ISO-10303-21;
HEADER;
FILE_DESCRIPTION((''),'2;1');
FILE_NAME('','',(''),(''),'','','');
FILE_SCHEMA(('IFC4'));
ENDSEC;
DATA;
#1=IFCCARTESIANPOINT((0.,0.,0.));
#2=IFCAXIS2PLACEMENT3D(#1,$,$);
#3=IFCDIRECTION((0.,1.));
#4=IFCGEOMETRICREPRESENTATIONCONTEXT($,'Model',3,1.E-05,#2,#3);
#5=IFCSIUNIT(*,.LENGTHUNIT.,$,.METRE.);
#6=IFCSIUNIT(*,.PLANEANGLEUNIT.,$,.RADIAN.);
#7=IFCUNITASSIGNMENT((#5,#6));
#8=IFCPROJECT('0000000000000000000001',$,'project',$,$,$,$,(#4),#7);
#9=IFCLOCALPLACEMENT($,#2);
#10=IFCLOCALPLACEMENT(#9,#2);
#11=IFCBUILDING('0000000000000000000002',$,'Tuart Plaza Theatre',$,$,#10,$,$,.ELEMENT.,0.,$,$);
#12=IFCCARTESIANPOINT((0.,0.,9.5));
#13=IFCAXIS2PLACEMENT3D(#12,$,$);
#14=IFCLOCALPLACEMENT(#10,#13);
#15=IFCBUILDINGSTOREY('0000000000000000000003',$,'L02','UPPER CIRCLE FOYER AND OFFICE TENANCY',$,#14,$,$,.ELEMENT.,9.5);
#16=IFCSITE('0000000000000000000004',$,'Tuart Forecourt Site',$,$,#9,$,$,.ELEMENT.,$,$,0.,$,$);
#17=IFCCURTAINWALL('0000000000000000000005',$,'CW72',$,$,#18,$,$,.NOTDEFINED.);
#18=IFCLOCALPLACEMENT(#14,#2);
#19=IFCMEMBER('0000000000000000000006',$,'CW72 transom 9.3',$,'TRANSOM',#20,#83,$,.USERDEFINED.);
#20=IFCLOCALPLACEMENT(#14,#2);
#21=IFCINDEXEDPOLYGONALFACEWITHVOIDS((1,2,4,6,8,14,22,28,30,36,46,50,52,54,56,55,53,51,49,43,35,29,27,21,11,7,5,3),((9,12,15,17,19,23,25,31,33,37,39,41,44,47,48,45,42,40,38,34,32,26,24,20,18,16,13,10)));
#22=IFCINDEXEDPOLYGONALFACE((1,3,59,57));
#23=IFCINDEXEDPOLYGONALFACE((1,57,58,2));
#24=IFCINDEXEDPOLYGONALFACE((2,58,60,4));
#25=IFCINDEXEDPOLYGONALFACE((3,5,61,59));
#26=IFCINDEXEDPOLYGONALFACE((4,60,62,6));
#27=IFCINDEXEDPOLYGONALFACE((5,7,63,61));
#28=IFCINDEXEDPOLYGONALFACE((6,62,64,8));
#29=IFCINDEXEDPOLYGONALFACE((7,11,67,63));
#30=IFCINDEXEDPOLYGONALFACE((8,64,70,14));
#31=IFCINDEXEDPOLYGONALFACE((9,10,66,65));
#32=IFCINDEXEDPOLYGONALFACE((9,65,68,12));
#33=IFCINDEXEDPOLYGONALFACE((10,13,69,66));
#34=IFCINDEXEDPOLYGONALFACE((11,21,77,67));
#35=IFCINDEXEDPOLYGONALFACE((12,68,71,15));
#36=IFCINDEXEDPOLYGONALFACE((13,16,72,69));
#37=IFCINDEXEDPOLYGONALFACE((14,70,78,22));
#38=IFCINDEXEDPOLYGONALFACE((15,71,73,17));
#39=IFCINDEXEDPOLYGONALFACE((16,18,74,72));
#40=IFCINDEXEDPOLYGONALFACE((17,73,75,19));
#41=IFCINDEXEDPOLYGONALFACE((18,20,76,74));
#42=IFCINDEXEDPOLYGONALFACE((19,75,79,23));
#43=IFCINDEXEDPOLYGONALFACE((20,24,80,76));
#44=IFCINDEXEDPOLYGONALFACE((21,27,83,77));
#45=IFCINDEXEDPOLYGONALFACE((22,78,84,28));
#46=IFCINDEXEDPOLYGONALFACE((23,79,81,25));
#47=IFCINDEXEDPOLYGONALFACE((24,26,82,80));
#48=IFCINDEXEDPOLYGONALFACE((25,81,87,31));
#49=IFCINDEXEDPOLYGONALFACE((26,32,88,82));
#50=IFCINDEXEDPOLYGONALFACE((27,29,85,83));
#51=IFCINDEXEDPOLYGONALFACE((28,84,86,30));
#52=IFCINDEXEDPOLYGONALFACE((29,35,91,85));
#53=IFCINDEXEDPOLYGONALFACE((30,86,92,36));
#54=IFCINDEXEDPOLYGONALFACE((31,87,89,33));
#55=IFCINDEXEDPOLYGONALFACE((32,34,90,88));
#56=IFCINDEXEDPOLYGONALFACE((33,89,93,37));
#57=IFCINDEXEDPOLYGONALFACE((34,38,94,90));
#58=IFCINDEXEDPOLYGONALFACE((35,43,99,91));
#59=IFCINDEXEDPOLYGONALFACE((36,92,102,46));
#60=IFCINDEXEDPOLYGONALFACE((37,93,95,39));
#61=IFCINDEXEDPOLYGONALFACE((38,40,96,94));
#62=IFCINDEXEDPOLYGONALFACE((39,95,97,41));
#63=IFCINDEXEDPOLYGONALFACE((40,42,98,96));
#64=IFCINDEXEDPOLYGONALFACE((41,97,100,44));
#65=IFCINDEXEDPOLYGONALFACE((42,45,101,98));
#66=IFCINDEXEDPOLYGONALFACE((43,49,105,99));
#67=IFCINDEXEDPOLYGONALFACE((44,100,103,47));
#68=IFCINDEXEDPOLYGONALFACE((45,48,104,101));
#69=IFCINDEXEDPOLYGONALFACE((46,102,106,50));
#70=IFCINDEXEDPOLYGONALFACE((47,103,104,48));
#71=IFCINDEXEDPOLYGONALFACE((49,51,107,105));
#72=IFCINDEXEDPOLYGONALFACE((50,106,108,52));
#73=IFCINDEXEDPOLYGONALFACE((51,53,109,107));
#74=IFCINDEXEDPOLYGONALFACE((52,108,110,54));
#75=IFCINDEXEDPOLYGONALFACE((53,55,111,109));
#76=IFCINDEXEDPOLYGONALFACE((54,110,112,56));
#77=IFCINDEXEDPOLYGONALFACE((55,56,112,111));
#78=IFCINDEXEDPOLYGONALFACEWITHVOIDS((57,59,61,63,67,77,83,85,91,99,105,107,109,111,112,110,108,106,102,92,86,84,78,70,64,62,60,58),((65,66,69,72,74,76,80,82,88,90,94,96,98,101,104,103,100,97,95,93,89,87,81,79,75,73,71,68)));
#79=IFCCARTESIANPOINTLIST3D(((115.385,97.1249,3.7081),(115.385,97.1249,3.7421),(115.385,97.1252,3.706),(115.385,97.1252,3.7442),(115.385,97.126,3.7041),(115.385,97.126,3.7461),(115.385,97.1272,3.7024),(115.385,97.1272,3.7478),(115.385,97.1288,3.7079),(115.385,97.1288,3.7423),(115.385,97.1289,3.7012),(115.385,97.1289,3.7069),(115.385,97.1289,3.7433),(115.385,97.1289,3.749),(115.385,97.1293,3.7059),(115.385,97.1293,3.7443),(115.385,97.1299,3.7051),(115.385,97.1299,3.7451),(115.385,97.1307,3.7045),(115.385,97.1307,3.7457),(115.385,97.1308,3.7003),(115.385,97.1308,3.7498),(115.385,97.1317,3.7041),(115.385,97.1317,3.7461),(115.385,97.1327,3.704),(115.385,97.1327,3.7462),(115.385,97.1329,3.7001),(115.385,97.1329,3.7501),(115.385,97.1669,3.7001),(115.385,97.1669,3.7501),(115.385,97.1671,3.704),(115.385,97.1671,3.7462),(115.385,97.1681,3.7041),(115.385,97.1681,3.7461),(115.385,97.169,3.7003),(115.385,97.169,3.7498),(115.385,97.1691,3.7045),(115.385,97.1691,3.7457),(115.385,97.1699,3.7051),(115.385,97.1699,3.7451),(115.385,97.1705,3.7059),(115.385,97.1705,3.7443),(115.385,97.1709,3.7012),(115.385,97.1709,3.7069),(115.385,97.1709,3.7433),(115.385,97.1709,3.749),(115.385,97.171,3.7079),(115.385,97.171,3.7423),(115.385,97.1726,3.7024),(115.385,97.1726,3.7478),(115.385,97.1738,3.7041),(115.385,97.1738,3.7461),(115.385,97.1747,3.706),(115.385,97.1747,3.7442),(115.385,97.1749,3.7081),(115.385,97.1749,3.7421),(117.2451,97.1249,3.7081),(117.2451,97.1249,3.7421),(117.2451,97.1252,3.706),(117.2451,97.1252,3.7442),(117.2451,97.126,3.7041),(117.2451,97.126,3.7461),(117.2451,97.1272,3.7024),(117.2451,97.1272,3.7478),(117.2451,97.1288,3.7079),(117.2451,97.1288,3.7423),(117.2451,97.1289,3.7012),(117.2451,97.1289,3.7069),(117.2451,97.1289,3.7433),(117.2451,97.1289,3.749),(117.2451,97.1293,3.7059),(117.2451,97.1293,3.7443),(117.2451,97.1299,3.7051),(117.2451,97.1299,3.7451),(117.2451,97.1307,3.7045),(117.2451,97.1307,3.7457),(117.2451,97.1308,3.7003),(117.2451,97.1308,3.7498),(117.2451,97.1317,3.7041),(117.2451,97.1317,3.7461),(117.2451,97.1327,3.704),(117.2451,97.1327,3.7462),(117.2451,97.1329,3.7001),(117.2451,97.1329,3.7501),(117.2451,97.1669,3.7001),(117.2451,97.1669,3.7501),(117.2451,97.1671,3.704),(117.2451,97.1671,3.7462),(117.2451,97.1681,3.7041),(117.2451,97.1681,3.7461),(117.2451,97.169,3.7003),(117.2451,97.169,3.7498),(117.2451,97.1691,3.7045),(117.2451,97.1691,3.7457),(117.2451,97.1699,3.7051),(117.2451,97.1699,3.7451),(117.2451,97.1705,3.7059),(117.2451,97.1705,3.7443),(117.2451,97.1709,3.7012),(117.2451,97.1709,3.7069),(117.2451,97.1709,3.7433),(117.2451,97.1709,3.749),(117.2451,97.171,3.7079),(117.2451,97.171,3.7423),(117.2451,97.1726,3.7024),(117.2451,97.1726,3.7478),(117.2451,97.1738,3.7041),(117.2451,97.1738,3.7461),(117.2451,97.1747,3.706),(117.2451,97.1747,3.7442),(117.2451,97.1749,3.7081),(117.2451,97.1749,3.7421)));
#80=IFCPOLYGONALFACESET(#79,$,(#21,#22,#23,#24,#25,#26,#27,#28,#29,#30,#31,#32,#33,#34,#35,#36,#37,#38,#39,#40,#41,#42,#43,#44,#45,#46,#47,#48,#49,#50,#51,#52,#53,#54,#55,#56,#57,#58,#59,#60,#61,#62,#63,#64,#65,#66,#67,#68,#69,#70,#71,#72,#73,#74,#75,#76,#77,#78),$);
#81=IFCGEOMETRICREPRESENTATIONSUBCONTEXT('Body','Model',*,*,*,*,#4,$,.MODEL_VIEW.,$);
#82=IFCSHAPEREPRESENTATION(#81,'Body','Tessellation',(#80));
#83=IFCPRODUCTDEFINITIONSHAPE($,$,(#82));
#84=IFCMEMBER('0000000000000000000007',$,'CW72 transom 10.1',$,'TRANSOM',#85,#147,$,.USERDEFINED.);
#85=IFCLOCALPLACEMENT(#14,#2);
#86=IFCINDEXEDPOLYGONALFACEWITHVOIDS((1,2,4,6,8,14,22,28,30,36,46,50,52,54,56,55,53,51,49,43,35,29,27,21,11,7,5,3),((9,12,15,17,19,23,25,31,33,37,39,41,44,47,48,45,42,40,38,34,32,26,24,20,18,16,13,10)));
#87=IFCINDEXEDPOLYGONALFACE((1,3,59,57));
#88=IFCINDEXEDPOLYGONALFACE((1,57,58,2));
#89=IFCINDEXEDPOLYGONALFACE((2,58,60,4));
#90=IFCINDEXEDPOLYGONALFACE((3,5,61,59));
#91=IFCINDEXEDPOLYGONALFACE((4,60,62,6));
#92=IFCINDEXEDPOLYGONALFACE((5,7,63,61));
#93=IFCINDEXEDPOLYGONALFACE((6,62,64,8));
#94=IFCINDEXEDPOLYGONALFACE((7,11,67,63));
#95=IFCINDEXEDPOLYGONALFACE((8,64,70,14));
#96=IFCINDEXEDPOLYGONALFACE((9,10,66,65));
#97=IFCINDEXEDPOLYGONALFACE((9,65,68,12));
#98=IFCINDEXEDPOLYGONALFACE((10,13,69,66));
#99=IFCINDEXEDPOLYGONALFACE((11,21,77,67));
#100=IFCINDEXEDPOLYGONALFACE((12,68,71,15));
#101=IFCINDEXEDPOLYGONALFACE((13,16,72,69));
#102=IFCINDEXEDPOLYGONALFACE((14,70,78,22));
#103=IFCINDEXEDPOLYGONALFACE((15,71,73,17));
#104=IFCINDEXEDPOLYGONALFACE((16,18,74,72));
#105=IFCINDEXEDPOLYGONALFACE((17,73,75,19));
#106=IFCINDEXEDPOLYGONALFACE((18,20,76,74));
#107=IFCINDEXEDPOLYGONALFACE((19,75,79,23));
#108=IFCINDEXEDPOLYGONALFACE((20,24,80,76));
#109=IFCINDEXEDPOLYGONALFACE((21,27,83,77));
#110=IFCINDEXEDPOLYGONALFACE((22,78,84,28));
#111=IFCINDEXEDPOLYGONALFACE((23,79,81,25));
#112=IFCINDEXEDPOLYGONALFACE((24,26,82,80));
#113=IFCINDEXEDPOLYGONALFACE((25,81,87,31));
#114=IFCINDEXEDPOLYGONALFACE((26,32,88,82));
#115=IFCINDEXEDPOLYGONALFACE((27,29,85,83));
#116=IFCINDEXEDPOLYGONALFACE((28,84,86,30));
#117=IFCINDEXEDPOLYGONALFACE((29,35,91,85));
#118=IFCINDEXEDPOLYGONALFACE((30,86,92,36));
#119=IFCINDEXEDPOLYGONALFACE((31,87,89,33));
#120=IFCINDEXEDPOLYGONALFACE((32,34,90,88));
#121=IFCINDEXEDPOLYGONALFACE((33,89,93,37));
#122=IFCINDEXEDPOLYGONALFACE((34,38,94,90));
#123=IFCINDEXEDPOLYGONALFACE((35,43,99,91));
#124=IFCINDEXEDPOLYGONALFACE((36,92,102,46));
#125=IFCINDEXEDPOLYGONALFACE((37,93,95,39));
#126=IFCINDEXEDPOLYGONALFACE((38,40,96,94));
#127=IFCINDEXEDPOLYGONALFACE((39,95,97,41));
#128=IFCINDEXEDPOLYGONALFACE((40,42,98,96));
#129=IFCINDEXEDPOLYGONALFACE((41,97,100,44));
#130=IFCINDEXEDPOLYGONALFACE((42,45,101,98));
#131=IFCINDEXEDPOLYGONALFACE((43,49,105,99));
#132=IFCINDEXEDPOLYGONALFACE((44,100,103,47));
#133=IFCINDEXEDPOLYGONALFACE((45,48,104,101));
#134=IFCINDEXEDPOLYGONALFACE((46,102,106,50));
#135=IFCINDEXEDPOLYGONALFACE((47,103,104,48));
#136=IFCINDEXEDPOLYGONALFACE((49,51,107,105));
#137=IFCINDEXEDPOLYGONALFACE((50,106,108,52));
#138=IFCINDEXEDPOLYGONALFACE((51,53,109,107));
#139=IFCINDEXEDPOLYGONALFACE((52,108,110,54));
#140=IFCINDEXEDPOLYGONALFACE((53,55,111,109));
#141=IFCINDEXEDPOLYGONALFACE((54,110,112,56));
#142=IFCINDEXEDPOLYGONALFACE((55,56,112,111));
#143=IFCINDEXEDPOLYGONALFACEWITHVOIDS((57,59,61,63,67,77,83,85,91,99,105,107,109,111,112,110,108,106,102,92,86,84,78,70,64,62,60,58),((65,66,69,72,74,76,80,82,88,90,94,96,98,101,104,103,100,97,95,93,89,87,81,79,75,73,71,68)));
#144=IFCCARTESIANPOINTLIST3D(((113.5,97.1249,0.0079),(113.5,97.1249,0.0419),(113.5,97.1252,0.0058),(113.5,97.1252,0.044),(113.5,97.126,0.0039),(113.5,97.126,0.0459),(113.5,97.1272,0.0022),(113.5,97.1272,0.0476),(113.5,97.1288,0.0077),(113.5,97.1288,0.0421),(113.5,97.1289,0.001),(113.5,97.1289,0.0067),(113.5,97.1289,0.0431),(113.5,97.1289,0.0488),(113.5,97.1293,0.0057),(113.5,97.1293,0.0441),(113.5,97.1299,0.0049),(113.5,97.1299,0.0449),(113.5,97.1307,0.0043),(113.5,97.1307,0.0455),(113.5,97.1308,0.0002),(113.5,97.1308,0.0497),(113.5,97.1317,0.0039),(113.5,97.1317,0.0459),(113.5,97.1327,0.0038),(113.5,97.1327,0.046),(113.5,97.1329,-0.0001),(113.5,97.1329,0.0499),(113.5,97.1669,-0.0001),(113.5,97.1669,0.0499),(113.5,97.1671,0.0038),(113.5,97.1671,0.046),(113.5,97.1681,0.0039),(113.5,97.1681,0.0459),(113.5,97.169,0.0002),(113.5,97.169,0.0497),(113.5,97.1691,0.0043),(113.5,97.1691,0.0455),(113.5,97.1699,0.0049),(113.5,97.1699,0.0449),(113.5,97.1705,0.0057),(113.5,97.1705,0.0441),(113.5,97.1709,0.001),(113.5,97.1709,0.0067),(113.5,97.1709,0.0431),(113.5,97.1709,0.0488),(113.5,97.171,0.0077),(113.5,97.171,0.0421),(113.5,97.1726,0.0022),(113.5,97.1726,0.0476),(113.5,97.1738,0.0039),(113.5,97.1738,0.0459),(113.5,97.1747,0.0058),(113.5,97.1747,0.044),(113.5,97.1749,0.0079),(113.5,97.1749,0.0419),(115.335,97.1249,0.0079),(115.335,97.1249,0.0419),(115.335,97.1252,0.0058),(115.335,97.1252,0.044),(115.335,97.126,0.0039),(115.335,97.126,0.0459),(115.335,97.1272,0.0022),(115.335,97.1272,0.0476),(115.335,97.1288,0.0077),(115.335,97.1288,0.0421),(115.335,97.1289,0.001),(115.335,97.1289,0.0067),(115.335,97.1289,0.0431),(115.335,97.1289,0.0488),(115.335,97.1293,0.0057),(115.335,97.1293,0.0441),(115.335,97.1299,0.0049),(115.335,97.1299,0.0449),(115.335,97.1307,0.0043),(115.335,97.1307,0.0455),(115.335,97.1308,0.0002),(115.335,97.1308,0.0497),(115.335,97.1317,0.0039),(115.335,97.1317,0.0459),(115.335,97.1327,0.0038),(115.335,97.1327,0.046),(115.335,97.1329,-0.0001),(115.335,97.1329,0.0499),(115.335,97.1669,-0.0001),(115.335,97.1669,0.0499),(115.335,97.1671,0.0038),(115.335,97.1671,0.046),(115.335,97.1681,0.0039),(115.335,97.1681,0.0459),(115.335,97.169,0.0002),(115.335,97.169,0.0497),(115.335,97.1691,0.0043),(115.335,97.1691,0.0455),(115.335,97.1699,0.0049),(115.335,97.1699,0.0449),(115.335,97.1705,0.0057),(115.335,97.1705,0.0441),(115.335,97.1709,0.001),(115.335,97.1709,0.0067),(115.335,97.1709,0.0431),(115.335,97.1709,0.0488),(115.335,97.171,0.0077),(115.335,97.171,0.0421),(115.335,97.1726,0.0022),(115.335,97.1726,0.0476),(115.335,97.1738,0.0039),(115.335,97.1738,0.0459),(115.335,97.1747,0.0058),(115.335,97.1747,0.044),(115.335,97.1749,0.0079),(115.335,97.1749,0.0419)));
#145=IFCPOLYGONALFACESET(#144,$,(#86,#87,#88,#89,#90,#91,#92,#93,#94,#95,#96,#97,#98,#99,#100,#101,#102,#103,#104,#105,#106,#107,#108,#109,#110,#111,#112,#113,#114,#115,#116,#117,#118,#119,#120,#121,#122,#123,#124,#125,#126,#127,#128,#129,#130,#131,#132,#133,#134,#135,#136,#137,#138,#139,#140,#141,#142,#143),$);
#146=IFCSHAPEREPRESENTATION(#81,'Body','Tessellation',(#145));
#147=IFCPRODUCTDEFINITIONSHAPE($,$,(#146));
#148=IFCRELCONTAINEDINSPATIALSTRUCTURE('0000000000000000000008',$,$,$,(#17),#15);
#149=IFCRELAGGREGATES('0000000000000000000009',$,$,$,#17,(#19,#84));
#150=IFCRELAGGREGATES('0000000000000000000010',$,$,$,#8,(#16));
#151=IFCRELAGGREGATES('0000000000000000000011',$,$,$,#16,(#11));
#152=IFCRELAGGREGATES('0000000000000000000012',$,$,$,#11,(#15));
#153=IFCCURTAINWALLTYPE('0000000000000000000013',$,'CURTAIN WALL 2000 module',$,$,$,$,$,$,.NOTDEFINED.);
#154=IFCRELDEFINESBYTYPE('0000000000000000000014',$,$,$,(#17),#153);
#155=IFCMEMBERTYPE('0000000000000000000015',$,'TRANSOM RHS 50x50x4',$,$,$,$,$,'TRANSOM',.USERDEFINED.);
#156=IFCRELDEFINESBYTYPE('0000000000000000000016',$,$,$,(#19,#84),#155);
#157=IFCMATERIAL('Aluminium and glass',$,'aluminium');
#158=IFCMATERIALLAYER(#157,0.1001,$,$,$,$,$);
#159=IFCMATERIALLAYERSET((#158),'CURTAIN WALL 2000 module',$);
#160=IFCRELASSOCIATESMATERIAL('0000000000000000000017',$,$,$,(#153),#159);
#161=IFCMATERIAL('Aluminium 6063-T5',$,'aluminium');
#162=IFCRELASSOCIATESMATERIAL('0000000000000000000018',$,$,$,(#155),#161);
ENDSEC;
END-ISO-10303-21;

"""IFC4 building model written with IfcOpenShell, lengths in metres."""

from ifc_helpers import new_model, si_unit, direction, frame, origin, origin_2d, place, context, subcontext, project, spatial, hollow_rectangle, extrude, material, layer, layer_set, material_profile, profile_set, type_object, element, aggregate, save


model = new_model("IFC4")

# Units and contexts
model_context = context("Model", 3, precision=1e-05, world=origin(), true_north=direction((0.0, 1.0)))
body_context = subcontext(model_context, "Body", "Model", "MODEL_VIEW")
ifc_project = project(units=[si_unit("LENGTHUNIT", "METRE"), si_unit("PLANEANGLEUNIT", "RADIAN")], contexts=[model_context])

# Site, building, storey
site_placement = place(None, origin())
site = spatial("IfcSite", under=ifc_project, at=site_placement, Name="Tuart Forecourt Site", CompositionType="ELEMENT", RefElevation=0.0)
building_placement = place(site_placement, origin())
building = spatial("IfcBuilding", under=site, at=building_placement, Name="Tuart Plaza Theatre", CompositionType="ELEMENT", ElevationOfRefHeight=0.0)
storey_placement = place(building_placement, frame((0.0, 0.0, 9.5)))
storey = spatial("IfcBuildingStorey", under=building, at=storey_placement, Name="L02", Description="UPPER CIRCLE FOYER AND OFFICE TENANCY", CompositionType="ELEMENT", Elevation=9.5)

# Curtain wall
ifc_material_1 = material(Name="Aluminium and glass", Category="aluminium")
ifc_layer_1 = layer(ifc_material_1, 0.1001)
ifc_layer_set_1 = layer_set([ifc_layer_1], Name="CURTAIN WALL 2000 module")
curtain_wall_type = type_object("IfcCurtainWallType", Name="CURTAIN WALL 2000 module", PredefinedType="NOTDEFINED", material=ifc_layer_set_1)
curtain_wall_1_placement = place(storey_placement, origin())
curtain_wall_1 = element("IfcCurtainWall", 1, at=curtain_wall_1_placement, inside=storey, type_object=curtain_wall_type, Name="CW72", PredefinedType="NOTDEFINED")

# Members
ifc_material_2 = material(Name="Aluminium 6063-T5", Category="aluminium")
ifc_material_profile_1 = material_profile(ifc_material_2, hollow_rectangle(XDim=0.05, YDim=0.05, WallThickness=0.0039, InnerFilletRadius=0.0039, OuterFilletRadius=0.0081, at=origin_2d()), Name="RHS 50x50x4")
ifc_profile_set_1 = profile_set([ifc_material_profile_1], Name="Aluminium 6063-T5")
member_type_1 = type_object("IfcMemberType", Name="TRANSOM RHS 50x50x4", ElementType="TRANSOM", PredefinedType="USERDEFINED", material=ifc_profile_set_1)
member_1_placement = place(storey_placement, frame((117.2451, 97.1499, 3.7251), z_axis=(-1.0, 0.0, 0.0), x_axis=(0.0, -1.0, 0.0)))
member_1 = element("IfcMember", 2, at=member_1_placement, type_object=member_type_1, Name="CW72 transom 9.3", ObjectType="TRANSOM", PredefinedType="USERDEFINED", context=body_context, shape_type="SweptSolid", body=[
    extrude(hollow_rectangle(XDim=0.05, YDim=0.05, WallThickness=0.0039, InnerFilletRadius=0.0039, OuterFilletRadius=0.0081, at=origin_2d()), origin(), (0.0, 0.0, 1.0), 1.8601),
])
member_2_placement = place(storey_placement, frame((115.335, 97.1499, 0.0249), z_axis=(-1.0, 0.0, 0.0), x_axis=(0.0, -1.0, 0.0)))
member_2 = element("IfcMember", 3, at=member_2_placement, type_object=member_type_1, Name="CW72 transom 10.1", ObjectType="TRANSOM", PredefinedType="USERDEFINED", context=body_context, shape_type="SweptSolid", body=[
    extrude(hollow_rectangle(XDim=0.05, YDim=0.05, WallThickness=0.0039, InnerFilletRadius=0.0039, OuterFilletRadius=0.0081, at=origin_2d()), origin(), (0.0, 0.0, 1.0), 1.835),
])

aggregate(curtain_wall_1, [member_1, member_2])

save(model, "model.ifc")
